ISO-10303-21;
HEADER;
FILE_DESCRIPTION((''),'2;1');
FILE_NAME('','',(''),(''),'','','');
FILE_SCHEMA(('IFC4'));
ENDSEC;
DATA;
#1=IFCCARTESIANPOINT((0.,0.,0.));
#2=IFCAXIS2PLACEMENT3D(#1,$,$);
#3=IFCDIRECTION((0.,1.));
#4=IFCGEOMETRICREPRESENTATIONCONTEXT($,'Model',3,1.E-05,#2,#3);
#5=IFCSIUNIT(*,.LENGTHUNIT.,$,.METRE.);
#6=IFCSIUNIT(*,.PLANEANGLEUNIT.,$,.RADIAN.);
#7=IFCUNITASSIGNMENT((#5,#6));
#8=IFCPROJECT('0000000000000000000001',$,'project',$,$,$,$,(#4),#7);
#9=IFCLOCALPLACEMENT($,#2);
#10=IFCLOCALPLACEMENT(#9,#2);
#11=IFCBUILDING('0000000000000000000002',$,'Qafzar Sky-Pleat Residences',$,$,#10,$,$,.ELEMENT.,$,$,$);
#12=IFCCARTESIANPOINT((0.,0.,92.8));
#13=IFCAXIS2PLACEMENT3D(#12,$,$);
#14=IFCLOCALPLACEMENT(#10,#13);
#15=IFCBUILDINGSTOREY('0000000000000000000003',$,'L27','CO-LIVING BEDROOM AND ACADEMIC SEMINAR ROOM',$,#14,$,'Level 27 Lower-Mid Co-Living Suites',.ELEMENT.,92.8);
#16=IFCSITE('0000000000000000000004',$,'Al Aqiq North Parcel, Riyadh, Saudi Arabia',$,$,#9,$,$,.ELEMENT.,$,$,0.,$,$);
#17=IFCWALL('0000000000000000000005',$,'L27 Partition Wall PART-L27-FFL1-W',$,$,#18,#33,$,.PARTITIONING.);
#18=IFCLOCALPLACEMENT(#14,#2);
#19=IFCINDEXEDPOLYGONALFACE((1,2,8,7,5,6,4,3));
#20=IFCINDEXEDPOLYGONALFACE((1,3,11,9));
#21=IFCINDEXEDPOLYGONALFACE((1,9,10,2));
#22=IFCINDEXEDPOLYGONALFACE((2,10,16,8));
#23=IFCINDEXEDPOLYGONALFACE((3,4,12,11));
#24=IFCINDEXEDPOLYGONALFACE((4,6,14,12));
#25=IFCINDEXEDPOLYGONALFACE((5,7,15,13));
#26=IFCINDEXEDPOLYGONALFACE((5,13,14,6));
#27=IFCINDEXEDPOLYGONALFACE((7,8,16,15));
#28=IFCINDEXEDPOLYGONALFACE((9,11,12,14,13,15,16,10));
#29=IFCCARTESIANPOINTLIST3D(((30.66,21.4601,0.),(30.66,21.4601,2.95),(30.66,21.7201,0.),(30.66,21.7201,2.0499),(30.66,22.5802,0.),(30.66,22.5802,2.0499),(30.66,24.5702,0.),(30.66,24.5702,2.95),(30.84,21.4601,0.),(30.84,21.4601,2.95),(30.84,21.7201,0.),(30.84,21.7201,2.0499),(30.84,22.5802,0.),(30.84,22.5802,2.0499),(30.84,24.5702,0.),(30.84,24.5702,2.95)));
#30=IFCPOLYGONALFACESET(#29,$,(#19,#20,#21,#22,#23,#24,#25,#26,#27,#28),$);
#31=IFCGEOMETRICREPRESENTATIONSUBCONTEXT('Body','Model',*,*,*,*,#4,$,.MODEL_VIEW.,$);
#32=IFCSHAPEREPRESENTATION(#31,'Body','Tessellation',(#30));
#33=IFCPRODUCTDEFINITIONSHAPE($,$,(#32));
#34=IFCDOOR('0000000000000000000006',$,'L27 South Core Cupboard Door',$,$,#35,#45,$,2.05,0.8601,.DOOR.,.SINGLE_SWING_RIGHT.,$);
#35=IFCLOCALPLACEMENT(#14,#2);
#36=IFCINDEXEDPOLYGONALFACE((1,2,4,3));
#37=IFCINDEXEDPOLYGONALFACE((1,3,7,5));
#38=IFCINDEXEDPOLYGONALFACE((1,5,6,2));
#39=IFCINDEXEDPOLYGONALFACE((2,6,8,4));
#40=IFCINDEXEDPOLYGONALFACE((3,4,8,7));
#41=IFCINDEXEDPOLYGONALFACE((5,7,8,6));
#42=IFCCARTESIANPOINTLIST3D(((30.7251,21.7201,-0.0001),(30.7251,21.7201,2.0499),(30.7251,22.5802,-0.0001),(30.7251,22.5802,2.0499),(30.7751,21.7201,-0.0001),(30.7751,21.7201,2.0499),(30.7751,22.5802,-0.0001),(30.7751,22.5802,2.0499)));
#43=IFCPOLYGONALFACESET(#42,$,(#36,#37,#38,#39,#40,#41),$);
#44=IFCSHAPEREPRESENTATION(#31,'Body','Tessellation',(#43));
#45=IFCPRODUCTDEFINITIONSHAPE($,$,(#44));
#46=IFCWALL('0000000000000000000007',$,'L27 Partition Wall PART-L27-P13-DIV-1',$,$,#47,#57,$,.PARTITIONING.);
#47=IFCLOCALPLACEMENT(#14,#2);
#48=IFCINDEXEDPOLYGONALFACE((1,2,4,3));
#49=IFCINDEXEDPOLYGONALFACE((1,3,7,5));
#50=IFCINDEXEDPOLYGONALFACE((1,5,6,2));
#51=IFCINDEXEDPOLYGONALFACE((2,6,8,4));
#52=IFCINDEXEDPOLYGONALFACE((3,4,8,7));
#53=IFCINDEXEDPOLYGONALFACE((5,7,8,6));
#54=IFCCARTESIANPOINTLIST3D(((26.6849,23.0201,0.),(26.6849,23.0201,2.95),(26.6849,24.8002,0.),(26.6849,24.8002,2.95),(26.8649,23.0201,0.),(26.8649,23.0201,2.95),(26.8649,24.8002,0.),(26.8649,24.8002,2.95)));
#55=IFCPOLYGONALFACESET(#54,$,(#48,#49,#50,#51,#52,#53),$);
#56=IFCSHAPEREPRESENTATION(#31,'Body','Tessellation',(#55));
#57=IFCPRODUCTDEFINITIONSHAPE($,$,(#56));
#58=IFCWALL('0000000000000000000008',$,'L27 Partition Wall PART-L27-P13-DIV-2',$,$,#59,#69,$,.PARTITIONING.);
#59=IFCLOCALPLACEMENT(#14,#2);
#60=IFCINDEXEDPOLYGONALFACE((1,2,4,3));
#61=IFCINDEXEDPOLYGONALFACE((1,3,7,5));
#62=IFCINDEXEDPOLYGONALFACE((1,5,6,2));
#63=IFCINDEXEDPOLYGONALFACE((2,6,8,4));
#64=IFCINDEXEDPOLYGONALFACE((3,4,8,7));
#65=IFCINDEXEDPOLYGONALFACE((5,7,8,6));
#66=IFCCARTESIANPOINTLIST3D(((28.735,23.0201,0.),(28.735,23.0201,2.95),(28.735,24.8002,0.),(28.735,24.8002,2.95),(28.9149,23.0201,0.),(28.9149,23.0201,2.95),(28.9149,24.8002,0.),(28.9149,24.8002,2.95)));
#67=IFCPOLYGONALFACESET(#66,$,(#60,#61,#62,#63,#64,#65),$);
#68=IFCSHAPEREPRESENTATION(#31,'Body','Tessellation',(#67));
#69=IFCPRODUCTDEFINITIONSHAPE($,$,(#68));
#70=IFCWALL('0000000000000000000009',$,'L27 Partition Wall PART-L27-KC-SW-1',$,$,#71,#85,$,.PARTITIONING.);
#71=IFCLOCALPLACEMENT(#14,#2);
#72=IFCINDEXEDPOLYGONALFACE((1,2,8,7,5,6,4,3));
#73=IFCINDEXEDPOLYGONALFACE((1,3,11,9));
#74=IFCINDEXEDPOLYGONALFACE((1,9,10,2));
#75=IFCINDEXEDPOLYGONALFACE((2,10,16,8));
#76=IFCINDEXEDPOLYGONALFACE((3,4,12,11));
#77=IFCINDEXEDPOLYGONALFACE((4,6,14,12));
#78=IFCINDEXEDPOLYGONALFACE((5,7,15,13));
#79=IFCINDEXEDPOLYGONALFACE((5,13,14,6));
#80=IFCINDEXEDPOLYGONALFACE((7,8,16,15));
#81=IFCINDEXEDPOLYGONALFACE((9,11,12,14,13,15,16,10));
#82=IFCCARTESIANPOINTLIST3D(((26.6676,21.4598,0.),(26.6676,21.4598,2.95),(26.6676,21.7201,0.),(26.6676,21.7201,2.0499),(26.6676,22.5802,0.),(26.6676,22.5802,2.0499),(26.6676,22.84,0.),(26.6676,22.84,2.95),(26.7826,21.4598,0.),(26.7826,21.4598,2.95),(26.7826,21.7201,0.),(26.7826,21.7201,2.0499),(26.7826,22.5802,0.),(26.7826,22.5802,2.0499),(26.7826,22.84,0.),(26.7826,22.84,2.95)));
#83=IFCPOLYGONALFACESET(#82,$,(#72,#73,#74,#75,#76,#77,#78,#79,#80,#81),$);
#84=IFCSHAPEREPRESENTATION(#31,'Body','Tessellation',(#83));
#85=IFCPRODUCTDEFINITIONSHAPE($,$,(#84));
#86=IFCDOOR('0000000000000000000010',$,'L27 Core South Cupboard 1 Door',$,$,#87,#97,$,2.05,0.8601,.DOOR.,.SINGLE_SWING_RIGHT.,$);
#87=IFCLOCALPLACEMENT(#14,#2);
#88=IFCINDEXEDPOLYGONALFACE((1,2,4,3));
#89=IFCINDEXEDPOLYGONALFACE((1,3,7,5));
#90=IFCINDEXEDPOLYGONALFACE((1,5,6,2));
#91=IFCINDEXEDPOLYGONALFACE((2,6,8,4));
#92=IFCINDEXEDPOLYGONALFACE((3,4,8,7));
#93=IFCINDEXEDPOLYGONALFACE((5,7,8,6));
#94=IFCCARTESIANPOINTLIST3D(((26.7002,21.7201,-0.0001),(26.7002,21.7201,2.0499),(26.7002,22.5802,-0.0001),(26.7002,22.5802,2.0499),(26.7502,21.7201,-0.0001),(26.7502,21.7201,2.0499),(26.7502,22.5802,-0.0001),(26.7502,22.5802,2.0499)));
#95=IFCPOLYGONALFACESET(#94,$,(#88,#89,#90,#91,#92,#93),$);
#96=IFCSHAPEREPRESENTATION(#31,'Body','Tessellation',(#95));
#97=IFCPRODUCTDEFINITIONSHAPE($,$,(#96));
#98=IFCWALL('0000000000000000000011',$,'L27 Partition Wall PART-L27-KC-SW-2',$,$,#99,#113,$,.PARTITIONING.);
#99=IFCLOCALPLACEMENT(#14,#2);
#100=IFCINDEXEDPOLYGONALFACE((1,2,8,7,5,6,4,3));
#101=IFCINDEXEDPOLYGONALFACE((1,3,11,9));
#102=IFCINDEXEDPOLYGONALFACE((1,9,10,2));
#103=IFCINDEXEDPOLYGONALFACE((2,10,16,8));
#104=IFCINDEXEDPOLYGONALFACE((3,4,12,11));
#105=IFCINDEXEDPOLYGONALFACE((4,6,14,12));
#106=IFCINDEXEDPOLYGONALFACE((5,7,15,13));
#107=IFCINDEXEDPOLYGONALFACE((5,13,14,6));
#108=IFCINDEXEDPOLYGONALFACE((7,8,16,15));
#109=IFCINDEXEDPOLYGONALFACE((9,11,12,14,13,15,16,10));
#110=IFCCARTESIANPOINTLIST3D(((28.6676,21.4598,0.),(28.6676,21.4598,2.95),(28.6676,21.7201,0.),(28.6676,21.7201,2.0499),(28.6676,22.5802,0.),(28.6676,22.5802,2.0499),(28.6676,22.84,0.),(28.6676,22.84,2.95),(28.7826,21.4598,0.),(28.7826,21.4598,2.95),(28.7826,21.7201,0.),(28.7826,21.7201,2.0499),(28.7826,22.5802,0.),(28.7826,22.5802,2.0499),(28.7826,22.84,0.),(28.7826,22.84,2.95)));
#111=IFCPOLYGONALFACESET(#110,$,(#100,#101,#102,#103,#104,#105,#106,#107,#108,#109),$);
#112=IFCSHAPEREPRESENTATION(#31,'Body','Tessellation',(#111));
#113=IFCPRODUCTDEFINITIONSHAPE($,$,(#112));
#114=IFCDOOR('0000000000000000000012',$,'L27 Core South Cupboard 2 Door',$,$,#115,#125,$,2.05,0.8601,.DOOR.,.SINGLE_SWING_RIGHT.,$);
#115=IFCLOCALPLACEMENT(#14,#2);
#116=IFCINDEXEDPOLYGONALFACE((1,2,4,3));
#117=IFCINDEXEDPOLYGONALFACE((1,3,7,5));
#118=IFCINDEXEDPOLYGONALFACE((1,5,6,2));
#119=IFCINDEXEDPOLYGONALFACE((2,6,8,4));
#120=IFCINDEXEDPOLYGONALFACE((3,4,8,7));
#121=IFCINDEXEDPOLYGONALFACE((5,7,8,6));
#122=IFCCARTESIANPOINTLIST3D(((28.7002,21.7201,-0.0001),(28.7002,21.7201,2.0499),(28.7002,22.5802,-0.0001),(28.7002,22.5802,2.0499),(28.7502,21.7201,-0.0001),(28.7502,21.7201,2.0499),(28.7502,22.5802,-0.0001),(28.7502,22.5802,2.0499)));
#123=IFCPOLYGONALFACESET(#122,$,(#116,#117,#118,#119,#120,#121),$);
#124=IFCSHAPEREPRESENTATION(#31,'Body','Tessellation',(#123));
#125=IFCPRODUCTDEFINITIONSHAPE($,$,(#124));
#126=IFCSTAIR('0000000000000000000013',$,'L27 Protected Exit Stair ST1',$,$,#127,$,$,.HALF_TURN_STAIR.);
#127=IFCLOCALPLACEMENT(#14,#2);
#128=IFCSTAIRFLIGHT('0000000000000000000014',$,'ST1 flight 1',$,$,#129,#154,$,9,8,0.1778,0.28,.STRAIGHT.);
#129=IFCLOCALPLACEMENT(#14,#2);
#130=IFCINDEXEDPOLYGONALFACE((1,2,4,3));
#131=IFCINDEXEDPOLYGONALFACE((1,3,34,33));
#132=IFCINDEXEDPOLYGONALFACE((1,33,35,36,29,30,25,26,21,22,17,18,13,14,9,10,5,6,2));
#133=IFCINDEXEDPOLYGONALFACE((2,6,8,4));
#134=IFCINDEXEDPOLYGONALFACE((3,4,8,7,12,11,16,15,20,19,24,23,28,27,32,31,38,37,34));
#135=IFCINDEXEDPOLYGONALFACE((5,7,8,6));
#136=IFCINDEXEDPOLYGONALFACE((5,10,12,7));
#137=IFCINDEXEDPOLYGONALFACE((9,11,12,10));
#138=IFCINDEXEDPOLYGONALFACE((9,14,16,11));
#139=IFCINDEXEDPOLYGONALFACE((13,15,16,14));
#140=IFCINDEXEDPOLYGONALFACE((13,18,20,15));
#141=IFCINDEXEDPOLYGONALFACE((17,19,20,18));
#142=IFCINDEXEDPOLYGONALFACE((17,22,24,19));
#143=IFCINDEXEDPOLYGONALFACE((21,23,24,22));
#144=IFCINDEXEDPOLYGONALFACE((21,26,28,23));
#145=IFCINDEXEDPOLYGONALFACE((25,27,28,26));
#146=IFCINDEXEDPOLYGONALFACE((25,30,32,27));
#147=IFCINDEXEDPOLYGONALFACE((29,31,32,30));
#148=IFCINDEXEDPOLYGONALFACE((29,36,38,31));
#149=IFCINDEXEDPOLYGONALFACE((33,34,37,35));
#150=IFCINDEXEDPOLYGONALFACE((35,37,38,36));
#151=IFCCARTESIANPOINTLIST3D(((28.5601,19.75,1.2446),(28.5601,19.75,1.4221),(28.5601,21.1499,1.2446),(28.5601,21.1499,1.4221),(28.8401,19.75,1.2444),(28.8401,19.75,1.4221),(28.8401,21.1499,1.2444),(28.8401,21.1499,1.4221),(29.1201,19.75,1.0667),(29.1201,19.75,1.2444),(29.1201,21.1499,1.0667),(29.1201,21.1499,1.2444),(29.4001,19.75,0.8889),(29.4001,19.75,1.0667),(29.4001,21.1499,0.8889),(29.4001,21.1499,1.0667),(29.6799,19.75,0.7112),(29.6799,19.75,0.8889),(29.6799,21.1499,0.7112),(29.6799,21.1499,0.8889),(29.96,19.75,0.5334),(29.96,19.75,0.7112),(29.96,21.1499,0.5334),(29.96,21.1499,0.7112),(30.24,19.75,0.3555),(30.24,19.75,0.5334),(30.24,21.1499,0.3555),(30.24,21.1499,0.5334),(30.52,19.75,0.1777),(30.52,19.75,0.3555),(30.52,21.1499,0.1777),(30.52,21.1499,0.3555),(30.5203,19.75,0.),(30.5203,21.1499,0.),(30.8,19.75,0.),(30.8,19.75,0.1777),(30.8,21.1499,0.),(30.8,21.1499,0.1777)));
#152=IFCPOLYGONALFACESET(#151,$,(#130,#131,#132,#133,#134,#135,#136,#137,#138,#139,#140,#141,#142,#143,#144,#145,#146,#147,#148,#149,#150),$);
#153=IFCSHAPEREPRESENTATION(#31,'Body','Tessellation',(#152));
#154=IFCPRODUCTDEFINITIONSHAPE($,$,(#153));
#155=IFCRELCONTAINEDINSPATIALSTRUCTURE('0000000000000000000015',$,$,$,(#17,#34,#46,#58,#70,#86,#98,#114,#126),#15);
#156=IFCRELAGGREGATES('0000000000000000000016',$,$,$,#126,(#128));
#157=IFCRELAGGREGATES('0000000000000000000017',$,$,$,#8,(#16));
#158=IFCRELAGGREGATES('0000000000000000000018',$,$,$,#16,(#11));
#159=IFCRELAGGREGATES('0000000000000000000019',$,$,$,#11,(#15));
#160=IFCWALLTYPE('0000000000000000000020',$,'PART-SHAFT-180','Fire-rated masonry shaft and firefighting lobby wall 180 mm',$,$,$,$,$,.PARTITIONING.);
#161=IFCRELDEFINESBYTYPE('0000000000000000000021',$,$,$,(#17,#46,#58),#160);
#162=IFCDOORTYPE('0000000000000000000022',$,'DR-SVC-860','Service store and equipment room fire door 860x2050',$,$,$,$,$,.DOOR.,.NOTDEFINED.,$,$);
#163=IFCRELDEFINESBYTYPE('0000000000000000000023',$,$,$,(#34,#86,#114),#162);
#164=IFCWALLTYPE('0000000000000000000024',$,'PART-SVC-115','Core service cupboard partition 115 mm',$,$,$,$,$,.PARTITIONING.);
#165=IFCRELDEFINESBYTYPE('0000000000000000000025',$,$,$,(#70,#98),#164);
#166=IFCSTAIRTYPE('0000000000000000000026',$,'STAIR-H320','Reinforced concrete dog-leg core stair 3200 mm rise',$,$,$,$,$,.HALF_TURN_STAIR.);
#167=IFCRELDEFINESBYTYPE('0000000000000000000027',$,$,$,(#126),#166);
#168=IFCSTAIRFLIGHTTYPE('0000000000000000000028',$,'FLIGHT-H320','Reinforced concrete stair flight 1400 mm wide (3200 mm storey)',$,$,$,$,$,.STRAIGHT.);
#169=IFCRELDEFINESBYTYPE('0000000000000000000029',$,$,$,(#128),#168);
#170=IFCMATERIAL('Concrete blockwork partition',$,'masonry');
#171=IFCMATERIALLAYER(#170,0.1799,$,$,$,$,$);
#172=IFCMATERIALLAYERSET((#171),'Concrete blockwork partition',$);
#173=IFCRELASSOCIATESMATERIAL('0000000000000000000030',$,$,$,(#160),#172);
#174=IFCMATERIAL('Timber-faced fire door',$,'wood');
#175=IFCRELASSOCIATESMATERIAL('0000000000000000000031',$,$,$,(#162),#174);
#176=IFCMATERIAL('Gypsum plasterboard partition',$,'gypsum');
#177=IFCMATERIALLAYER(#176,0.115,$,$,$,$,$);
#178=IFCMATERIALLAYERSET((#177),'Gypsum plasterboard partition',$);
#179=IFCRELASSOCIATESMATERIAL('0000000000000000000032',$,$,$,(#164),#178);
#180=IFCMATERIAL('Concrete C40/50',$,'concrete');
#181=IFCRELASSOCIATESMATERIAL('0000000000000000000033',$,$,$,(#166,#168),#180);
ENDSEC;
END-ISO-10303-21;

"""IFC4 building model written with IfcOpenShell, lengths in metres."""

from ifc_helpers import new_model, si_unit, direction, frame, frame_2d, origin, place, context, subcontext, project, spatial, polyline, rectangle, outline, extrude, source, transform, mapped, material, layer, layer_set, type_object, element, fill, aggregate, save


model = new_model("IFC4")

# Units and contexts
model_context = context("Model", 3, precision=1e-05, world=origin(), true_north=direction((0.0, 1.0)))
body_context = subcontext(model_context, "Body", "Model", "MODEL_VIEW")
ifc_project = project(units=[si_unit("LENGTHUNIT", "METRE"), si_unit("PLANEANGLEUNIT", "RADIAN")], contexts=[model_context])

# Site, building, storey
site_placement = place(None, origin())
site = spatial("IfcSite", under=ifc_project, at=site_placement, Name="Al Aqiq North Parcel, Riyadh, Saudi Arabia", CompositionType="ELEMENT", RefElevation=0.0)
building_placement = place(site_placement, origin())
building = spatial("IfcBuilding", under=site, at=building_placement, Name="Qafzar Sky-Pleat Residences", CompositionType="ELEMENT")
storey_placement = place(building_placement, frame((0.0, 0.0, 92.8)))
storey = spatial("IfcBuildingStorey", under=building, at=storey_placement, Name="L27", Description="CO-LIVING BEDROOM AND ACADEMIC SEMINAR ROOM", LongName="Level 27 Lower-Mid Co-Living Suites", CompositionType="ELEMENT", Elevation=92.8)

# Wall, opening, door
ifc_material_1 = material(Name="Concrete blockwork partition", Category="masonry")
ifc_layer_1 = layer(ifc_material_1, 0.1799)
ifc_layer_set_1 = layer_set([ifc_layer_1], Name="Concrete blockwork partition")
wall_type_1 = type_object("IfcWallType", Name="PART-SHAFT-180", Description="Fire-rated masonry shaft and firefighting lobby wall 180 mm", PredefinedType="PARTITIONING", material=ifc_layer_set_1)
wall_1_placement = place(storey_placement, frame((30.75, 21.46, 0.0), z_axis=(0.0, 0.0, 1.0), x_axis=(0.0, 1.0, 0.0)))
wall_1 = element("IfcWall", 1, at=wall_1_placement, inside=storey, type_object=wall_type_1, Name="L27 Partition Wall PART-L27-FFL1-W", PredefinedType="PARTITIONING", context=body_context, shape_type="SweptSolid", body=[
    extrude(rectangle(XDim=3.1101, YDim=0.1799, at=frame_2d((1.5552, 0.0))), origin(), (0.0, 0.0, 1.0), 2.95),
])
opening_1_placement = place(wall_1_placement, frame((0.26, 0.0, 0.0)))
opening_1 = element("IfcOpeningElement", 2, at=opening_1_placement, cuts=wall_1, PredefinedType="OPENING", context=body_context, shape_type="SweptSolid", body=[
    extrude(rectangle(XDim=0.8601, YDim=2.05, at=frame_2d((0.4302, 1.0249))), frame((0.0, 0.1001, 0.0), z_axis=(0.0, -1.0, 0.0), x_axis=(1.0, 0.0, 0.0)), (0.0, 0.0, 1.0), 0.2),
])
ifc_material_2 = material(Name="Timber-faced fire door", Category="wood")
door_type_1 = type_object("IfcDoorType", Name="DR-SVC-860", Description="Service store and equipment room fire door 860x2050", OperationType="NOTDEFINED", PredefinedType="DOOR", material=ifc_material_2)
shared_shape_1 = source(origin(), body_context, "Body", "SweptSolid", [
    extrude(rectangle(XDim=0.8601, YDim=2.05, at=frame_2d((0.4302, 1.0249))), frame((0.0, 0.0249, 0.0), z_axis=(0.0, -1.0, 0.0), x_axis=(1.0, 0.0, 0.0)), (0.0, 0.0, 1.0), 0.05),
])
door_1_placement = place(opening_1_placement, origin())
door_1 = element("IfcDoor", 3, at=door_1_placement, inside=storey, type_object=door_type_1, Name="L27 South Core Cupboard Door", OperationType="SINGLE_SWING_RIGHT", OverallHeight=2.05, OverallWidth=0.8601, PredefinedType="DOOR", context=body_context, shape_type="MappedRepresentation", body=[
    mapped(shared_shape_1, transform((0.0, 0.0, 0.0), x_axis=(1.0, 0.0, 0.0), y_axis=(0.0, 1.0, 0.0), z_axis=(0.0, 0.0, 1.0), scale=1.0)),
])
fill(opening_1, door_1)

# Wall
wall_2_placement = place(storey_placement, frame((26.7749, 23.02, 0.0), z_axis=(0.0, 0.0, 1.0), x_axis=(0.0, 1.0, 0.0)))
element("IfcWall", 4, at=wall_2_placement, inside=storey, type_object=wall_type_1, Name="L27 Partition Wall PART-L27-P13-DIV-1", PredefinedType="PARTITIONING", context=body_context, shape_type="SweptSolid", body=[
    extrude(rectangle(XDim=1.78, YDim=0.1799, at=frame_2d((0.8901, 0.0))), origin(), (0.0, 0.0, 1.0), 2.95),
])

# Wall
wall_3_placement = place(storey_placement, frame((28.825, 23.02, 0.0), z_axis=(0.0, 0.0, 1.0), x_axis=(0.0, 1.0, 0.0)))
element("IfcWall", 5, at=wall_3_placement, inside=storey, type_object=wall_type_1, Name="L27 Partition Wall PART-L27-P13-DIV-2", PredefinedType="PARTITIONING", context=body_context, shape_type="SweptSolid", body=[
    extrude(rectangle(XDim=1.78, YDim=0.1799, at=frame_2d((0.8901, 0.0))), origin(), (0.0, 0.0, 1.0), 2.95),
])

# Walls, openings, doors
ifc_material_3 = material(Name="Gypsum plasterboard partition", Category="gypsum")
ifc_layer_2 = layer(ifc_material_3, 0.115)
ifc_layer_set_2 = layer_set([ifc_layer_2], Name="Gypsum plasterboard partition")
wall_type_2 = type_object("IfcWallType", Name="PART-SVC-115", Description="Core service cupboard partition 115 mm", PredefinedType="PARTITIONING", material=ifc_layer_set_2)
wall_4_placement = place(storey_placement, frame((26.7251, 21.46, 0.0), z_axis=(0.0, 0.0, 1.0), x_axis=(0.0, 1.0, 0.0)))
wall_4 = element("IfcWall", 6, at=wall_4_placement, inside=storey, type_object=wall_type_2, Name="L27 Partition Wall PART-L27-KC-SW-1", PredefinedType="PARTITIONING", context=body_context, shape_type="SweptSolid", body=[
    extrude(rectangle(XDim=1.3801, YDim=0.115, at=frame_2d((0.6899, 0.0))), origin(), (0.0, 0.0, 1.0), 2.95),
])
opening_2_placement = place(wall_4_placement, frame((0.26, 0.0, 0.0)))
opening_2 = element("IfcOpeningElement", 7, at=opening_2_placement, cuts=wall_4, PredefinedType="OPENING", context=body_context, shape_type="SweptSolid", body=[
    extrude(rectangle(XDim=0.8601, YDim=2.05, at=frame_2d((0.4302, 1.0249))), frame((0.0, 0.0674, 0.0), z_axis=(0.0, -1.0, 0.0), x_axis=(1.0, 0.0, 0.0)), (0.0, 0.0, 1.0), 0.135),
])
door_2_placement = place(opening_2_placement, origin())
door_2 = element("IfcDoor", 8, at=door_2_placement, inside=storey, type_object=door_type_1, Name="L27 Core South Cupboard 1 Door", OperationType="SINGLE_SWING_RIGHT", OverallHeight=2.05, OverallWidth=0.8601, PredefinedType="DOOR", context=body_context, shape_type="MappedRepresentation", body=[
    mapped(shared_shape_1, transform((0.0, 0.0, 0.0), x_axis=(1.0, 0.0, 0.0), y_axis=(0.0, 1.0, 0.0), z_axis=(0.0, 0.0, 1.0), scale=1.0)),
])
fill(opening_2, door_2)
wall_5_placement = place(storey_placement, frame((28.7251, 21.46, 0.0), z_axis=(0.0, 0.0, 1.0), x_axis=(0.0, 1.0, 0.0)))
wall_5 = element("IfcWall", 9, at=wall_5_placement, inside=storey, type_object=wall_type_2, Name="L27 Partition Wall PART-L27-KC-SW-2", PredefinedType="PARTITIONING", context=body_context, shape_type="SweptSolid", body=[
    extrude(rectangle(XDim=1.3801, YDim=0.115, at=frame_2d((0.6899, 0.0))), origin(), (0.0, 0.0, 1.0), 2.95),
])
opening_3_placement = place(wall_5_placement, frame((0.26, 0.0, 0.0)))
opening_3 = element("IfcOpeningElement", 10, at=opening_3_placement, cuts=wall_5, PredefinedType="OPENING", context=body_context, shape_type="SweptSolid", body=[
    extrude(rectangle(XDim=0.8601, YDim=2.05, at=frame_2d((0.4302, 1.0249))), frame((0.0, 0.0674, 0.0), z_axis=(0.0, -1.0, 0.0), x_axis=(1.0, 0.0, 0.0)), (0.0, 0.0, 1.0), 0.135),
])
door_3_placement = place(opening_3_placement, origin())
door_3 = element("IfcDoor", 11, at=door_3_placement, inside=storey, type_object=door_type_1, Name="L27 Core South Cupboard 2 Door", OperationType="SINGLE_SWING_RIGHT", OverallHeight=2.05, OverallWidth=0.8601, PredefinedType="DOOR", context=body_context, shape_type="MappedRepresentation", body=[
    mapped(shared_shape_1, transform((0.0, 0.0, 0.0), x_axis=(1.0, 0.0, 0.0), y_axis=(0.0, 1.0, 0.0), z_axis=(0.0, 0.0, 1.0), scale=1.0)),
])
fill(opening_3, door_3)

# Stair, stair flight
ifc_material_4 = material(Name="Concrete C40/50", Category="concrete")
stair_type = type_object("IfcStairType", Name="STAIR-H320", Description="Reinforced concrete dog-leg core stair 3200 mm rise", PredefinedType="HALF_TURN_STAIR", material=ifc_material_4)
stair_placement = place(storey_placement, origin())
stair = element("IfcStair", 12, at=stair_placement, inside=storey, type_object=stair_type, Name="L27 Protected Exit Stair ST1", PredefinedType="HALF_TURN_STAIR")
stair_flight_type = type_object("IfcStairFlightType", Name="FLIGHT-H320", Description="Reinforced concrete stair flight 1400 mm wide (3200 mm storey)", PredefinedType="STRAIGHT", material=ifc_material_4)
shared_shape_2 = source(origin(), body_context, "Body", "SweptSolid", [
    extrude(outline(polyline([(0.0, 0.0), (0.0, 0.1777), (0.28, 0.1777), (0.28, 0.3555), (0.5601, 0.3555), (0.5601, 0.5334), (0.8401, 0.5334), (0.8401, 0.7112), (1.1201, 0.7112), (1.1201, 0.8889), (1.3999, 0.8889), (1.3999, 1.0667), (1.6799, 1.0667), (1.6799, 1.2444), (1.96, 1.2444), (1.96, 1.4221), (2.24, 1.4221), (2.24, 1.6001), (2.24, 1.2446), (0.2798, 0.0), (0.0, 0.0)])), frame((0.0, 0.7, 0.0), z_axis=(0.0, -1.0, 0.0), x_axis=(1.0, 0.0, 0.0)), (0.0, 0.0, 1.0), 1.3999),
])
stair_flight_1_placement = place(storey_placement, frame((30.8, 20.45, 0.0), z_axis=(0.0, 0.0, 1.0), x_axis=(-1.0, 0.0, 0.0)))
stair_flight_1 = element("IfcStairFlight", 13, at=stair_flight_1_placement, type_object=stair_flight_type, Name="ST1 flight 1", NumberOfRisers=9, NumberOfTreads=8, PredefinedType="STRAIGHT", RiserHeight=0.1778, TreadLength=0.28, context=body_context, shape_type="MappedRepresentation", body=[
    mapped(shared_shape_2, transform((0.0, 0.0, 0.0), x_axis=(1.0, 0.0, 0.0), y_axis=(0.0, 1.0, 0.0), z_axis=(0.0, 0.0, 1.0), scale=1.0)),
])
aggregate(stair, [stair_flight_1])

save(model, "model.ifc")
